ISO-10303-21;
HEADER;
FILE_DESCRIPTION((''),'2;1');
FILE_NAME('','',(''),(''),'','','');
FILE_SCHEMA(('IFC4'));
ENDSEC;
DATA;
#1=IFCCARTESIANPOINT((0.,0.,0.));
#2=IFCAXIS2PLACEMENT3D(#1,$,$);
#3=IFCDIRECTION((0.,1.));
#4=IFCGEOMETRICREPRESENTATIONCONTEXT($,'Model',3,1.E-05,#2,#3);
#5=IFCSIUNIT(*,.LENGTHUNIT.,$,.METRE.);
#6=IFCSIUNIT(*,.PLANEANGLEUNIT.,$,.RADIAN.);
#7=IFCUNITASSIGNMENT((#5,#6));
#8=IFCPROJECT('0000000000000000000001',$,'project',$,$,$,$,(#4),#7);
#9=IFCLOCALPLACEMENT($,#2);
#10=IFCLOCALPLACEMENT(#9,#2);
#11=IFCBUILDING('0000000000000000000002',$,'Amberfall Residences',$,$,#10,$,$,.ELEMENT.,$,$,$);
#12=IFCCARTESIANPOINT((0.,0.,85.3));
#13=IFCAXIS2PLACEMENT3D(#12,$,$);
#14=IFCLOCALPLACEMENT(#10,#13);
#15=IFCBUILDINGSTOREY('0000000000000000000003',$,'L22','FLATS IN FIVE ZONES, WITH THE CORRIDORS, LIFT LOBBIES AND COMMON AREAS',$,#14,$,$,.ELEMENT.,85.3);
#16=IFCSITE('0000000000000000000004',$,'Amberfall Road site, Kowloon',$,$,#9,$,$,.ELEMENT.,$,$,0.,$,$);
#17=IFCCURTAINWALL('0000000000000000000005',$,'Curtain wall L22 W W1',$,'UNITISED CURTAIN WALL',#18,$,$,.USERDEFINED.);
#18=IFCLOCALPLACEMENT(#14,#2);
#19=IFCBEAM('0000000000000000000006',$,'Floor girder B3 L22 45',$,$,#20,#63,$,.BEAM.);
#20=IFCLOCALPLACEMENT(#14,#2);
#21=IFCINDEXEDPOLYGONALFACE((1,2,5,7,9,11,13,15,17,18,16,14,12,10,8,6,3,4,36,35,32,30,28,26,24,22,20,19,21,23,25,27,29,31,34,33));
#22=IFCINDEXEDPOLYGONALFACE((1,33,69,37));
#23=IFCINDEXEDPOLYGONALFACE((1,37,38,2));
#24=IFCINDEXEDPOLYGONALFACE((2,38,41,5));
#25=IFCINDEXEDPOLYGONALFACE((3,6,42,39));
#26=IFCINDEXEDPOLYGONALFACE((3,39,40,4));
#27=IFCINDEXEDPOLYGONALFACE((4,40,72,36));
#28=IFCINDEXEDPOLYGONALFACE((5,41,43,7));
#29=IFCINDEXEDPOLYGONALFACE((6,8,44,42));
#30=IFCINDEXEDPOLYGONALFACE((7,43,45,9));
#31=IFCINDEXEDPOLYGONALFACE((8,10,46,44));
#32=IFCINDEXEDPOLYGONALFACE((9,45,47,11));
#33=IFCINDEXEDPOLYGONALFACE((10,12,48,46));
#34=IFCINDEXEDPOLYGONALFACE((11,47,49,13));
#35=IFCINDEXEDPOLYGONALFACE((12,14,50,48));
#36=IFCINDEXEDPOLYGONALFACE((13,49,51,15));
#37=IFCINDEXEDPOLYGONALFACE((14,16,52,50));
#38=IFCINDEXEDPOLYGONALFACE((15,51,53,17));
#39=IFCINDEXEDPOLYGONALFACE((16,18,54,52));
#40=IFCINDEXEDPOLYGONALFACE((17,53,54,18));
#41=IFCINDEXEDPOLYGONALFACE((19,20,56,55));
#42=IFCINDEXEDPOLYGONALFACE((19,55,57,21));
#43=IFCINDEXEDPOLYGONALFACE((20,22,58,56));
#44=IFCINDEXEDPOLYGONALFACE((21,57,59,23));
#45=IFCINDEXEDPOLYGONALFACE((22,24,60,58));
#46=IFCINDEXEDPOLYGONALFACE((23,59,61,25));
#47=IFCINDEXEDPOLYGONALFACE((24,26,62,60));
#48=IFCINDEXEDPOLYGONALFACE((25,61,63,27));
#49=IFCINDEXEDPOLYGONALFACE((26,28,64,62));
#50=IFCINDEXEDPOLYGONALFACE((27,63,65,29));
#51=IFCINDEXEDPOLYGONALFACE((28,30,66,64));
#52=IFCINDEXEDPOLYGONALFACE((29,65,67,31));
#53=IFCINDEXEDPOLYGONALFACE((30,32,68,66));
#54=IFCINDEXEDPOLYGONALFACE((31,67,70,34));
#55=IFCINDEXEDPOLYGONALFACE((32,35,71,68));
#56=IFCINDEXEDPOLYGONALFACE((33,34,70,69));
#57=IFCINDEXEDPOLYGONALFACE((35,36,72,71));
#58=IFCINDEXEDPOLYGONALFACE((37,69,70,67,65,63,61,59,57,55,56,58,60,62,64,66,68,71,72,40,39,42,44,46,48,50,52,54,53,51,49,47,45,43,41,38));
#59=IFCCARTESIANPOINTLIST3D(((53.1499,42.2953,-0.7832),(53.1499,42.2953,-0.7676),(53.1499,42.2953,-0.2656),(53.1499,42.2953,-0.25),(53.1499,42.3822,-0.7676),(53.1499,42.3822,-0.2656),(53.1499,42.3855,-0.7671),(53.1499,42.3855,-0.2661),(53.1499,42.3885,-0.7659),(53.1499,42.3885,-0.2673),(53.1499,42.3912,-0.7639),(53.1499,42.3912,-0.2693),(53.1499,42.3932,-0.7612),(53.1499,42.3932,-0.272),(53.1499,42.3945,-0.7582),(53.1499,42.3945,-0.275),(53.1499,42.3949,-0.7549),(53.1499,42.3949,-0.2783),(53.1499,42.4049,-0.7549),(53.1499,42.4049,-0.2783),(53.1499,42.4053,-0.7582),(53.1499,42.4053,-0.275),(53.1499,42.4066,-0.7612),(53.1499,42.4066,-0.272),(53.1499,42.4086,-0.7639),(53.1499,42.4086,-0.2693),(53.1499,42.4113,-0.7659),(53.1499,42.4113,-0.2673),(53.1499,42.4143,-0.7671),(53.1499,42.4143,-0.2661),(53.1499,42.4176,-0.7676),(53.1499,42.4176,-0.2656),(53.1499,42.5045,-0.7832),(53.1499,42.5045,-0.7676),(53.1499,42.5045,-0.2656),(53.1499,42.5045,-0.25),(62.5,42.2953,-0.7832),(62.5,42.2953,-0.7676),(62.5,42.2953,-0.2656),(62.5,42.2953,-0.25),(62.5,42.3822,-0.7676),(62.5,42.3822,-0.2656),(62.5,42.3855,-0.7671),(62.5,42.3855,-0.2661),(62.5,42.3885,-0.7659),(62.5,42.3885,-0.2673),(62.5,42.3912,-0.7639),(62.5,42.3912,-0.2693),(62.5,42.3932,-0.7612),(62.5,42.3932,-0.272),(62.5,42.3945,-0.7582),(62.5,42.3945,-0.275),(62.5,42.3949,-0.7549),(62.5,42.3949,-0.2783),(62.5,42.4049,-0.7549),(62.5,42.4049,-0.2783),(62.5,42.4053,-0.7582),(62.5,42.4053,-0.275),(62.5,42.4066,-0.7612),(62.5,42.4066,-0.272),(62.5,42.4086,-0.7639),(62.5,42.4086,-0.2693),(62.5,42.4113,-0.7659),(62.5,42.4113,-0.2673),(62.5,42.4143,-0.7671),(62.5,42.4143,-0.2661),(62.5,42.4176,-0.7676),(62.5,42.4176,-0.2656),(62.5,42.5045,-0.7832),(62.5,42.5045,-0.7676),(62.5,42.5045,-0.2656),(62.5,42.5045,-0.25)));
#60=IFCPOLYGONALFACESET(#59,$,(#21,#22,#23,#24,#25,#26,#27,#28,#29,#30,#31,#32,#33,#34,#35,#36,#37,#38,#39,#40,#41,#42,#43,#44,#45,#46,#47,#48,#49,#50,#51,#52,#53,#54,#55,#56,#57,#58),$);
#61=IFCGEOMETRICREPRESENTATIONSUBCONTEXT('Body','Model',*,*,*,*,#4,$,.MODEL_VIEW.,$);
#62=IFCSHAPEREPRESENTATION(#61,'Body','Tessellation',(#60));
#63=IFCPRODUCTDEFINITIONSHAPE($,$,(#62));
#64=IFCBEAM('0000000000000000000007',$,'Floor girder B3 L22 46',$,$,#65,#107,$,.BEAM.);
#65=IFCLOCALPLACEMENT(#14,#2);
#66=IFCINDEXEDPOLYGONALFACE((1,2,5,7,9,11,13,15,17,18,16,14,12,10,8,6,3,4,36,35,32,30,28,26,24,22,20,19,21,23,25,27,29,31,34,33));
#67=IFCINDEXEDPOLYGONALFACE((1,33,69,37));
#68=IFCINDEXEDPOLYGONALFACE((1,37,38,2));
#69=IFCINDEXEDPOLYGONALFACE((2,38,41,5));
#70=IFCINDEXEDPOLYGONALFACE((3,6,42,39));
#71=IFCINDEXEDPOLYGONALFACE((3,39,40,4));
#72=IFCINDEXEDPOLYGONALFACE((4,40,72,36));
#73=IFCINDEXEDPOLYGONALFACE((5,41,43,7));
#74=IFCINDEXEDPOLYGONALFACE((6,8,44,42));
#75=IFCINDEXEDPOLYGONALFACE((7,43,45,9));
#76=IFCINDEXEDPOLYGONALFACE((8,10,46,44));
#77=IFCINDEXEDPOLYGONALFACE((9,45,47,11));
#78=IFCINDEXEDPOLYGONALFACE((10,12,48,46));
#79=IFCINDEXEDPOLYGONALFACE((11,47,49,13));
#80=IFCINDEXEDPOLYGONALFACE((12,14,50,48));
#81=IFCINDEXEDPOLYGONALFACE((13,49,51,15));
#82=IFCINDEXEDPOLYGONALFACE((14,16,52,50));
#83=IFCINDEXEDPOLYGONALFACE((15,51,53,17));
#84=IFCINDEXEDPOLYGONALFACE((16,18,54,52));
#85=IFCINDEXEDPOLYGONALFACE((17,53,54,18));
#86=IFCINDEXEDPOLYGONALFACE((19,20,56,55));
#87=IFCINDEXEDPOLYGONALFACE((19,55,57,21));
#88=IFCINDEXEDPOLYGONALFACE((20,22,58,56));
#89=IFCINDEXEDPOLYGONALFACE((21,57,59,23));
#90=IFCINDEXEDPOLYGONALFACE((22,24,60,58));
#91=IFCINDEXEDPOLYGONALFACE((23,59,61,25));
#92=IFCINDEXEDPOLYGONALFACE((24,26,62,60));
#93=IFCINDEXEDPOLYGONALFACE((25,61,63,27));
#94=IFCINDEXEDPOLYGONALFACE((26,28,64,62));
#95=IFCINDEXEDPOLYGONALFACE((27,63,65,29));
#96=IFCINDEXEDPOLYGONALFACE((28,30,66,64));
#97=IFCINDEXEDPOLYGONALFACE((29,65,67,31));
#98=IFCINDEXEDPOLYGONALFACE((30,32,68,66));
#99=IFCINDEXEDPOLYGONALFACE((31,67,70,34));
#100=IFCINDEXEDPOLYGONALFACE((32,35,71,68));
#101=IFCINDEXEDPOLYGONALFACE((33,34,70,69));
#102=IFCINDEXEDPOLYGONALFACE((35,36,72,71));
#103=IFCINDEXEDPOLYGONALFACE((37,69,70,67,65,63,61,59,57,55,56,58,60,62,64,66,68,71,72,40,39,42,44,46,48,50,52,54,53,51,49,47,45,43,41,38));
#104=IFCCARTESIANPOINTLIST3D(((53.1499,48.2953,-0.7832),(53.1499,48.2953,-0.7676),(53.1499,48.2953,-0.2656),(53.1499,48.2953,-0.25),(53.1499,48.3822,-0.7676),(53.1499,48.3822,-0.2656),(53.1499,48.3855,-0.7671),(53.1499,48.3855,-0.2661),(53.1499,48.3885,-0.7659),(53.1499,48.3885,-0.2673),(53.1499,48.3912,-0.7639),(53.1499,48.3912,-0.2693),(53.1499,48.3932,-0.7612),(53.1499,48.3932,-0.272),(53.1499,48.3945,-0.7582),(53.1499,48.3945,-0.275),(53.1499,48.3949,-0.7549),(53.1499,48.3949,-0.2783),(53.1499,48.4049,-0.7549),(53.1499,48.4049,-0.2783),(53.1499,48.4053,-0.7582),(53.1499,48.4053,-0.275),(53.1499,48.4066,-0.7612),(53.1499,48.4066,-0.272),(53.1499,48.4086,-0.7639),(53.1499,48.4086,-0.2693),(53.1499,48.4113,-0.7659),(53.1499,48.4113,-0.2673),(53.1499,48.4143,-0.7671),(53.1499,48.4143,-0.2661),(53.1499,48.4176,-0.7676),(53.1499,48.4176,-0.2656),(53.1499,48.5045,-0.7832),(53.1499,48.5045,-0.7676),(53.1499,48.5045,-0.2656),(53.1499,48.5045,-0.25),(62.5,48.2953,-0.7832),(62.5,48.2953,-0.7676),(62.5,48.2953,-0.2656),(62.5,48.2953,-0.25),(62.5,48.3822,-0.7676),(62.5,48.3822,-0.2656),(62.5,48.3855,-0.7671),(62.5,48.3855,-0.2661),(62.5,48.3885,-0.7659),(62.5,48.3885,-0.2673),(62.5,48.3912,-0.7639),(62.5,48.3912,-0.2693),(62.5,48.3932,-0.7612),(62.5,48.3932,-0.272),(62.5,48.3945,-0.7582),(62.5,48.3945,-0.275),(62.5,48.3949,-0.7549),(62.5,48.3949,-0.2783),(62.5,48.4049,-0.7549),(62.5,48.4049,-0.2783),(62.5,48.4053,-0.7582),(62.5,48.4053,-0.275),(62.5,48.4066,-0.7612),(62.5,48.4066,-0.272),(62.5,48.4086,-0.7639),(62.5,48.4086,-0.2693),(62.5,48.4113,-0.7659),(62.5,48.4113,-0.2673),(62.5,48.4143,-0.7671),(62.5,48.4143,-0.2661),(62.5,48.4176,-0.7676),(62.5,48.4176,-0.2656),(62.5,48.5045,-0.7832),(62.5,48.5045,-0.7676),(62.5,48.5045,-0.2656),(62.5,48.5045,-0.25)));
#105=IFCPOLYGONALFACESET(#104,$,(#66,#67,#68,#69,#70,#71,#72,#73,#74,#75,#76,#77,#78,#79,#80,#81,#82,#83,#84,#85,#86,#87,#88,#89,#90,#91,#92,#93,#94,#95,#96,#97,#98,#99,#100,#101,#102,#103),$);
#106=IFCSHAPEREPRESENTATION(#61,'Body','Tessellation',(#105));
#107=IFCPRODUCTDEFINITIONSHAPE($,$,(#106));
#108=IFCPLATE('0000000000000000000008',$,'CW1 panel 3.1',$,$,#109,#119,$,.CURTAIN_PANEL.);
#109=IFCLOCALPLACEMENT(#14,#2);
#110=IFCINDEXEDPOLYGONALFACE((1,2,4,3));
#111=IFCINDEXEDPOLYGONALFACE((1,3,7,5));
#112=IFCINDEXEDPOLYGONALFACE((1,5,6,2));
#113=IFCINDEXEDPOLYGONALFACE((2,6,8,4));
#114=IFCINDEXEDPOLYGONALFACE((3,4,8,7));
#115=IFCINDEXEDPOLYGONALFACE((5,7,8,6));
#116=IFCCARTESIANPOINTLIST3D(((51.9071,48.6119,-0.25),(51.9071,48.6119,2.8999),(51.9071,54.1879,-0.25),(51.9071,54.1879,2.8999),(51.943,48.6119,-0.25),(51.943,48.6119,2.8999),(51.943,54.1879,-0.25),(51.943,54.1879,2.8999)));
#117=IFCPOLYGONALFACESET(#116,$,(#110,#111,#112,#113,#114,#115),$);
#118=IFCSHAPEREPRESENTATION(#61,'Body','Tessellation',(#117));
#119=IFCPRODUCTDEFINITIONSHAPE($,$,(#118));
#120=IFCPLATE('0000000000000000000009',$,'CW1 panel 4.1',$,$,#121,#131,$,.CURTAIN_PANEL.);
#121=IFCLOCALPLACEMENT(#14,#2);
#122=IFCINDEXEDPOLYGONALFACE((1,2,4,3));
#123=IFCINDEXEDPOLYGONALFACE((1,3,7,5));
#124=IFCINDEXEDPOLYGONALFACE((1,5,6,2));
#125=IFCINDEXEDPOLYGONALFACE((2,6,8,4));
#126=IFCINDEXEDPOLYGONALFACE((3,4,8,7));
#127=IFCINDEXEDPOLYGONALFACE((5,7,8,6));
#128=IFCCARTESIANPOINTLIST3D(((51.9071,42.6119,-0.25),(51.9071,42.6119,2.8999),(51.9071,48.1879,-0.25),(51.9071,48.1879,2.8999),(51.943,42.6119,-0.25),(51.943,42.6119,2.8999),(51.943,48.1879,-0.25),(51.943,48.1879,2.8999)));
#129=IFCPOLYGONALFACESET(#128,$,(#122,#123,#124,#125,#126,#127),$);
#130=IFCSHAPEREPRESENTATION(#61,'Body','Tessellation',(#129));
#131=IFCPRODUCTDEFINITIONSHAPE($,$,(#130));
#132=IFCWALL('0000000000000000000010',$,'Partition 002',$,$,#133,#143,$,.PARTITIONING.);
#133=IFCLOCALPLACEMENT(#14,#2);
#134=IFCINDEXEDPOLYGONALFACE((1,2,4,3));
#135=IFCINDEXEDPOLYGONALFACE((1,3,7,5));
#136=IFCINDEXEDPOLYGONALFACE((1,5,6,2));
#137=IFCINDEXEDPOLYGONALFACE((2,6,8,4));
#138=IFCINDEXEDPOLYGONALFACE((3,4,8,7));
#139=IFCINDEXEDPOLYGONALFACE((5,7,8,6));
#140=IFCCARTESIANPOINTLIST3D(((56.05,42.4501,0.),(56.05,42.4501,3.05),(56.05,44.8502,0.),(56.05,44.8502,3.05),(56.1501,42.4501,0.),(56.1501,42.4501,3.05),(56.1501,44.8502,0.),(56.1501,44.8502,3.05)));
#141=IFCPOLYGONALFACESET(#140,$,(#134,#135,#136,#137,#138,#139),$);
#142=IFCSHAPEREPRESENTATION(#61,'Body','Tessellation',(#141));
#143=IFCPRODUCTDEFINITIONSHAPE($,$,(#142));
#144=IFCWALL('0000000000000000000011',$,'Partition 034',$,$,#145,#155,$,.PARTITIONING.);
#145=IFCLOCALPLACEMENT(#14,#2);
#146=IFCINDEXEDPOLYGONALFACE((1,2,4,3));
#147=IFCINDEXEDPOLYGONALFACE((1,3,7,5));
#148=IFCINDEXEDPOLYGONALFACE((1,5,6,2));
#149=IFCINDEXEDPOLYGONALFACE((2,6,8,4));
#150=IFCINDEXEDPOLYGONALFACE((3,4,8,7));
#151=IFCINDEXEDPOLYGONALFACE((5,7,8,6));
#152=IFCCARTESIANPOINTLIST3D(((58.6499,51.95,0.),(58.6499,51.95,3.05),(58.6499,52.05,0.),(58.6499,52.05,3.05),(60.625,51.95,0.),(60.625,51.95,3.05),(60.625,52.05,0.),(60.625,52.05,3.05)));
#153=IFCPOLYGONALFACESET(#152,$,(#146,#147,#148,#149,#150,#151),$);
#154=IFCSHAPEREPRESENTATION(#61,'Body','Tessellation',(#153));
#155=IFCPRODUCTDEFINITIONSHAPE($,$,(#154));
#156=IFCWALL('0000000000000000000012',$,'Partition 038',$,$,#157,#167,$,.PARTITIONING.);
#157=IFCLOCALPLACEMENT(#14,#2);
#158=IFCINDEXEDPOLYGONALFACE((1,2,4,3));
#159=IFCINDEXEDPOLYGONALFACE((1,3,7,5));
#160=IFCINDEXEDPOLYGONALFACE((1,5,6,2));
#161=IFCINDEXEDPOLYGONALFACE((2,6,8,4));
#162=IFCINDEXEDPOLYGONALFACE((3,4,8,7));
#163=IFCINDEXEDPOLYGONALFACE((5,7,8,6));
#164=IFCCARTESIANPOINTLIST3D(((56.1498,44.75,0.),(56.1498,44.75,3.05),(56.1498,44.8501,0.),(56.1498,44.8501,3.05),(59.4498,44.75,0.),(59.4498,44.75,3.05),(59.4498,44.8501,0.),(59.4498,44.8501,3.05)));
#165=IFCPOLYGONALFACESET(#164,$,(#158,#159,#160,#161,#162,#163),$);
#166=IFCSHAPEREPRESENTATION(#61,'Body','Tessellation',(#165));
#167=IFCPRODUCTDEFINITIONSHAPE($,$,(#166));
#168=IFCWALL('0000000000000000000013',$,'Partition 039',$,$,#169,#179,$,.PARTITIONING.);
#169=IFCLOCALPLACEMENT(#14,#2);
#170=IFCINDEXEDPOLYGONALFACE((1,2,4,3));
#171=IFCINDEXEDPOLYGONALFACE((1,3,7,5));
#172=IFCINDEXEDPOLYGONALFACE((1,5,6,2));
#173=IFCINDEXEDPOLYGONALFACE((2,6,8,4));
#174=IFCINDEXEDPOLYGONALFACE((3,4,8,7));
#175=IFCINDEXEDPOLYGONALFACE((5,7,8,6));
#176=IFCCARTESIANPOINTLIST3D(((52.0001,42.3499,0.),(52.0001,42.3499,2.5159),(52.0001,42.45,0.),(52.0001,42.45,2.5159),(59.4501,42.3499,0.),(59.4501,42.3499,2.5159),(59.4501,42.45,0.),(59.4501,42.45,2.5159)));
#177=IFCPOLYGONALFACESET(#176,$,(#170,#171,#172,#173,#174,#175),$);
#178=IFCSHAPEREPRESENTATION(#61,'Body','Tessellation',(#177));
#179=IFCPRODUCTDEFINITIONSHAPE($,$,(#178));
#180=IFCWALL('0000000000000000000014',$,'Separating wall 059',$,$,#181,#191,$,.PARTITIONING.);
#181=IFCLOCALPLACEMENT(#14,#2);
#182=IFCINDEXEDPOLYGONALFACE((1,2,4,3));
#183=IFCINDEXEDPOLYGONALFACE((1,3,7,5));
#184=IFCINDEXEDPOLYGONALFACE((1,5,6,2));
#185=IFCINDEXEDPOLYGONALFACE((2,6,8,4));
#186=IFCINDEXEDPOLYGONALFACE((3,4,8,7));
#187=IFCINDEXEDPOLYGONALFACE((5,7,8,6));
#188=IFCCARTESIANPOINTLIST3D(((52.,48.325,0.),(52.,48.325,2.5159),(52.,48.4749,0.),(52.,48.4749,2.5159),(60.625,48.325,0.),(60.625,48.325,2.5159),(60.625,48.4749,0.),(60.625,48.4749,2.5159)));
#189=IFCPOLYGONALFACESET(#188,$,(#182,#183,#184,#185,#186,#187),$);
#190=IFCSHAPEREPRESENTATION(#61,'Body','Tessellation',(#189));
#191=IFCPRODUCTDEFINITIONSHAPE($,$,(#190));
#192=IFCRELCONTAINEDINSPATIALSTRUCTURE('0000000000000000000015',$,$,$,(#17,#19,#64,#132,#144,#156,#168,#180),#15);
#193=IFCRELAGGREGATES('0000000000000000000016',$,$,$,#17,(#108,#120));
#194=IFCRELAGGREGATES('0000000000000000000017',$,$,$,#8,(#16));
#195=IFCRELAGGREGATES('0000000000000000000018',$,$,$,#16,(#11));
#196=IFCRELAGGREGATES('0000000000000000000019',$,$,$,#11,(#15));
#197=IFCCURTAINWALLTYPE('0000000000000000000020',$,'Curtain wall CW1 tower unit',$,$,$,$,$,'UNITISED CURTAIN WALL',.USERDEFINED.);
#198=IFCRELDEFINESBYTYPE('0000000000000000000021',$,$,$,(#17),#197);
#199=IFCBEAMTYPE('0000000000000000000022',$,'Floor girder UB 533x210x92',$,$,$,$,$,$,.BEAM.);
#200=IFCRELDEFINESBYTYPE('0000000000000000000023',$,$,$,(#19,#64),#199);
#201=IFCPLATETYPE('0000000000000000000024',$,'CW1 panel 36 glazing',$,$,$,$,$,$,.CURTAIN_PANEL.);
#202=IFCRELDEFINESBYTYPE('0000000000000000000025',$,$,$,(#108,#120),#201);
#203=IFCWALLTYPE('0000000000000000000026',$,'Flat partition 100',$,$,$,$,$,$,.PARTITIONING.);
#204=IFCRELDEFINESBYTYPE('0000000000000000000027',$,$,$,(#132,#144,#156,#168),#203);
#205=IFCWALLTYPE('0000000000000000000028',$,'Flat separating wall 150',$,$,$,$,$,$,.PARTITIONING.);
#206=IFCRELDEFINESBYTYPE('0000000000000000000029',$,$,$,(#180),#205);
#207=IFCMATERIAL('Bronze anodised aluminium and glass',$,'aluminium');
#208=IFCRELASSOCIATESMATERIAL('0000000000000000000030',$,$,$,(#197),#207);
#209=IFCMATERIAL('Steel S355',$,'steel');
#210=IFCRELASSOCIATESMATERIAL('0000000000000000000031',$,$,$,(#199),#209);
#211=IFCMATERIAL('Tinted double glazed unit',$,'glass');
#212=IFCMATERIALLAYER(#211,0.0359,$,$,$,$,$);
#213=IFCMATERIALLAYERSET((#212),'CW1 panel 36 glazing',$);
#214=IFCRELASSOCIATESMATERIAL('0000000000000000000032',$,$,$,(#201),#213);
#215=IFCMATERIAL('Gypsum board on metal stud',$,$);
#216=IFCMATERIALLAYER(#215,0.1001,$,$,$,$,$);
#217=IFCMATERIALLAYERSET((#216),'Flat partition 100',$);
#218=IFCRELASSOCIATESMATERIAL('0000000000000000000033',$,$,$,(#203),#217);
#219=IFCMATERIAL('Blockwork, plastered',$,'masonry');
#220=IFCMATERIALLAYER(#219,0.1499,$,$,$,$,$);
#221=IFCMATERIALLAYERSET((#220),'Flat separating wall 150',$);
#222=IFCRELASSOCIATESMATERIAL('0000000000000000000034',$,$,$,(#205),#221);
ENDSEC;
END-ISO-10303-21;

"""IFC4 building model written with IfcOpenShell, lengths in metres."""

from ifc_helpers import new_model, si_unit, direction, frame, frame_2d, origin, origin_2d, place, context, subcontext, project, spatial, rectangle, i_section, extrude, material, layer, layer_set, material_profile, profile_set, type_object, element, aggregate, save


model = new_model("IFC4")

# Units and contexts
model_context = context("Model", 3, precision=1e-05, world=origin(), true_north=direction((0.0, 1.0)))
body_context = subcontext(model_context, "Body", "Model", "MODEL_VIEW")
ifc_project = project(units=[si_unit("LENGTHUNIT", "METRE"), si_unit("PLANEANGLEUNIT", "RADIAN")], contexts=[model_context])

# Site, building, storey
site_placement = place(None, origin())
site = spatial("IfcSite", under=ifc_project, at=site_placement, Name="Amberfall Road site, Kowloon", CompositionType="ELEMENT", RefElevation=0.0)
building_placement = place(site_placement, origin())
building = spatial("IfcBuilding", under=site, at=building_placement, Name="Amberfall Residences", CompositionType="ELEMENT")
storey_placement = place(building_placement, frame((0.0, 0.0, 85.3)))
storey = spatial("IfcBuildingStorey", under=building, at=storey_placement, Name="L22", Description="FLATS IN FIVE ZONES, WITH THE CORRIDORS, LIFT LOBBIES AND COMMON AREAS", CompositionType="ELEMENT", Elevation=85.3)

# Curtain wall
ifc_material_1 = material(Name="Bronze anodised aluminium and glass", Category="aluminium")
curtain_wall_type = type_object("IfcCurtainWallType", Name="Curtain wall CW1 tower unit", ElementType="UNITISED CURTAIN WALL", PredefinedType="USERDEFINED", material=ifc_material_1)
curtain_wall_placement = place(storey_placement, origin())
curtain_wall = element("IfcCurtainWall", 1, at=curtain_wall_placement, inside=storey, type_object=curtain_wall_type, Name="Curtain wall L22 W W1", ObjectType="UNITISED CURTAIN WALL", PredefinedType="USERDEFINED")

# Shared definitions
ifc_material_2 = material(Name="Steel S355", Category="steel")

# Beams
ifc_material_profile_1 = material_profile(ifc_material_2, i_section(OverallWidth=0.2092, OverallDepth=0.5332, WebThickness=0.01, FlangeThickness=0.0156, FilletRadius=0.0127, at=origin_2d()), Name="UB 533x210x92")
ifc_profile_set_1 = profile_set([ifc_material_profile_1], Name="Steel S355")
beam_type_1 = type_object("IfcBeamType", Name="Floor girder UB 533x210x92", PredefinedType="BEAM", material=ifc_profile_set_1)
for number, where, z_axis, x_axis, name in (
    (2, (53.1499, 42.3999, -0.5166), (1.0, 0.0, 0.0), (0.0, 1.0, 0.0), "Floor girder B3 L22 45"),
    (3, (53.1499, 48.3999, -0.5166), (1.0, 0.0, 0.0), (0.0, 1.0, 0.0), "Floor girder B3 L22 46"),
):
    element("IfcBeam", number, at=place(storey_placement, frame(where, z_axis=z_axis, x_axis=x_axis)), inside=storey, type_object=beam_type_1, Name=name, PredefinedType="BEAM", context=body_context, shape_type="SweptSolid", body=[
        extrude(i_section(OverallWidth=0.2092, OverallDepth=0.5332, WebThickness=0.01, FlangeThickness=0.0156, FilletRadius=0.0127, at=origin_2d()), origin(), (0.0, 0.0, 1.0), 9.3501),
    ])

# Plates
ifc_material_3 = material(Name="Tinted double glazed unit", Category="glass")
ifc_layer_1 = layer(ifc_material_3, 0.0359)
ifc_layer_set_1 = layer_set([ifc_layer_1], Name="CW1 panel 36 glazing")
plate_type = type_object("IfcPlateType", Name="CW1 panel 36 glazing", PredefinedType="CURTAIN_PANEL", material=ifc_layer_set_1)
plate_1_placement = place(storey_placement, frame((51.925, 51.3999, -0.25), z_axis=(0.0, 0.0, 1.0), x_axis=(0.0, -1.0, 0.0)))
plate_1 = element("IfcPlate", 4, at=plate_1_placement, type_object=plate_type, Name="CW1 panel 3.1", PredefinedType="CURTAIN_PANEL", context=body_context, shape_type="SweptSolid", body=[
    extrude(rectangle(XDim=5.5759, YDim=0.0359, at=origin_2d()), origin(), (0.0, 0.0, 1.0), 3.1499),
])
plate_2_placement = place(storey_placement, frame((51.925, 45.3999, -0.25), z_axis=(0.0, 0.0, 1.0), x_axis=(0.0, -1.0, 0.0)))
plate_2 = element("IfcPlate", 5, at=plate_2_placement, type_object=plate_type, Name="CW1 panel 4.1", PredefinedType="CURTAIN_PANEL", context=body_context, shape_type="SweptSolid", body=[
    extrude(rectangle(XDim=5.5759, YDim=0.0359, at=origin_2d()), origin(), (0.0, 0.0, 1.0), 3.1499),
])
aggregate(curtain_wall, [plate_1, plate_2])

# Walls
ifc_material_4 = material(Name="Gypsum board on metal stud")
ifc_layer_2 = layer(ifc_material_4, 0.1001)
ifc_layer_set_2 = layer_set([ifc_layer_2], Name="Flat partition 100")
wall_type_1 = type_object("IfcWallType", Name="Flat partition 100", PredefinedType="PARTITIONING", material=ifc_layer_set_2)
wall_1_placement = place(storey_placement, frame((56.1001, 42.45, 0.0), z_axis=(0.0, 0.0, 1.0), x_axis=(0.0, 1.0, 0.0)))
element("IfcWall", 6, at=wall_1_placement, inside=storey, type_object=wall_type_1, Name="Partition 002", PredefinedType="PARTITIONING", context=body_context, shape_type="SweptSolid", body=[
    extrude(rectangle(XDim=2.4001, YDim=0.1001, at=frame_2d((1.2002, 0.0))), origin(), (0.0, 0.0, 1.0), 3.05),
])
wall_2_placement = place(storey_placement, frame((58.6499, 52.0, 0.0), z_axis=(0.0, 0.0, 1.0), x_axis=(1.0, 0.0, 0.0)))
element("IfcWall", 7, at=wall_2_placement, inside=storey, type_object=wall_type_1, Name="Partition 034", PredefinedType="PARTITIONING", context=body_context, shape_type="SweptSolid", body=[
    extrude(rectangle(XDim=1.9751, YDim=0.1001, at=frame_2d((0.9875, 0.0))), origin(), (0.0, 0.0, 1.0), 3.05),
])
wall_3_placement = place(storey_placement, frame((56.1499, 44.8, 0.0), z_axis=(0.0, 0.0, 1.0), x_axis=(1.0, 0.0, 0.0)))
element("IfcWall", 8, at=wall_3_placement, inside=storey, type_object=wall_type_1, Name="Partition 038", PredefinedType="PARTITIONING", context=body_context, shape_type="SweptSolid", body=[
    extrude(rectangle(XDim=3.3, YDim=0.1001, at=frame_2d((1.6499, 0.0))), origin(), (0.0, 0.0, 1.0), 3.05),
])
wall_4_placement = place(storey_placement, frame((52.0, 42.3999, 0.0), z_axis=(0.0, 0.0, 1.0), x_axis=(1.0, 0.0, 0.0)))
element("IfcWall", 9, at=wall_4_placement, inside=storey, type_object=wall_type_1, Name="Partition 039", PredefinedType="PARTITIONING", context=body_context, shape_type="SweptSolid", body=[
    extrude(rectangle(XDim=7.45, YDim=0.1001, at=frame_2d((3.7251, 0.0))), origin(), (0.0, 0.0, 1.0), 2.5159),
])
ifc_material_5 = material(Name="Blockwork, plastered", Category="masonry")
ifc_layer_3 = layer(ifc_material_5, 0.1499)
ifc_layer_set_3 = layer_set([ifc_layer_3], Name="Flat separating wall 150")
wall_type_2 = type_object("IfcWallType", Name="Flat separating wall 150", PredefinedType="PARTITIONING", material=ifc_layer_set_3)
wall_5_placement = place(storey_placement, frame((52.0, 48.3999, 0.0), z_axis=(0.0, 0.0, 1.0), x_axis=(1.0, 0.0, 0.0)))
element("IfcWall", 10, at=wall_5_placement, inside=storey, type_object=wall_type_2, Name="Separating wall 059", PredefinedType="PARTITIONING", context=body_context, shape_type="SweptSolid", body=[
    extrude(rectangle(XDim=8.625, YDim=0.1499, at=frame_2d((4.3125, 0.0))), origin(), (0.0, 0.0, 1.0), 2.5159),
])

save(model, "model.ifc")
